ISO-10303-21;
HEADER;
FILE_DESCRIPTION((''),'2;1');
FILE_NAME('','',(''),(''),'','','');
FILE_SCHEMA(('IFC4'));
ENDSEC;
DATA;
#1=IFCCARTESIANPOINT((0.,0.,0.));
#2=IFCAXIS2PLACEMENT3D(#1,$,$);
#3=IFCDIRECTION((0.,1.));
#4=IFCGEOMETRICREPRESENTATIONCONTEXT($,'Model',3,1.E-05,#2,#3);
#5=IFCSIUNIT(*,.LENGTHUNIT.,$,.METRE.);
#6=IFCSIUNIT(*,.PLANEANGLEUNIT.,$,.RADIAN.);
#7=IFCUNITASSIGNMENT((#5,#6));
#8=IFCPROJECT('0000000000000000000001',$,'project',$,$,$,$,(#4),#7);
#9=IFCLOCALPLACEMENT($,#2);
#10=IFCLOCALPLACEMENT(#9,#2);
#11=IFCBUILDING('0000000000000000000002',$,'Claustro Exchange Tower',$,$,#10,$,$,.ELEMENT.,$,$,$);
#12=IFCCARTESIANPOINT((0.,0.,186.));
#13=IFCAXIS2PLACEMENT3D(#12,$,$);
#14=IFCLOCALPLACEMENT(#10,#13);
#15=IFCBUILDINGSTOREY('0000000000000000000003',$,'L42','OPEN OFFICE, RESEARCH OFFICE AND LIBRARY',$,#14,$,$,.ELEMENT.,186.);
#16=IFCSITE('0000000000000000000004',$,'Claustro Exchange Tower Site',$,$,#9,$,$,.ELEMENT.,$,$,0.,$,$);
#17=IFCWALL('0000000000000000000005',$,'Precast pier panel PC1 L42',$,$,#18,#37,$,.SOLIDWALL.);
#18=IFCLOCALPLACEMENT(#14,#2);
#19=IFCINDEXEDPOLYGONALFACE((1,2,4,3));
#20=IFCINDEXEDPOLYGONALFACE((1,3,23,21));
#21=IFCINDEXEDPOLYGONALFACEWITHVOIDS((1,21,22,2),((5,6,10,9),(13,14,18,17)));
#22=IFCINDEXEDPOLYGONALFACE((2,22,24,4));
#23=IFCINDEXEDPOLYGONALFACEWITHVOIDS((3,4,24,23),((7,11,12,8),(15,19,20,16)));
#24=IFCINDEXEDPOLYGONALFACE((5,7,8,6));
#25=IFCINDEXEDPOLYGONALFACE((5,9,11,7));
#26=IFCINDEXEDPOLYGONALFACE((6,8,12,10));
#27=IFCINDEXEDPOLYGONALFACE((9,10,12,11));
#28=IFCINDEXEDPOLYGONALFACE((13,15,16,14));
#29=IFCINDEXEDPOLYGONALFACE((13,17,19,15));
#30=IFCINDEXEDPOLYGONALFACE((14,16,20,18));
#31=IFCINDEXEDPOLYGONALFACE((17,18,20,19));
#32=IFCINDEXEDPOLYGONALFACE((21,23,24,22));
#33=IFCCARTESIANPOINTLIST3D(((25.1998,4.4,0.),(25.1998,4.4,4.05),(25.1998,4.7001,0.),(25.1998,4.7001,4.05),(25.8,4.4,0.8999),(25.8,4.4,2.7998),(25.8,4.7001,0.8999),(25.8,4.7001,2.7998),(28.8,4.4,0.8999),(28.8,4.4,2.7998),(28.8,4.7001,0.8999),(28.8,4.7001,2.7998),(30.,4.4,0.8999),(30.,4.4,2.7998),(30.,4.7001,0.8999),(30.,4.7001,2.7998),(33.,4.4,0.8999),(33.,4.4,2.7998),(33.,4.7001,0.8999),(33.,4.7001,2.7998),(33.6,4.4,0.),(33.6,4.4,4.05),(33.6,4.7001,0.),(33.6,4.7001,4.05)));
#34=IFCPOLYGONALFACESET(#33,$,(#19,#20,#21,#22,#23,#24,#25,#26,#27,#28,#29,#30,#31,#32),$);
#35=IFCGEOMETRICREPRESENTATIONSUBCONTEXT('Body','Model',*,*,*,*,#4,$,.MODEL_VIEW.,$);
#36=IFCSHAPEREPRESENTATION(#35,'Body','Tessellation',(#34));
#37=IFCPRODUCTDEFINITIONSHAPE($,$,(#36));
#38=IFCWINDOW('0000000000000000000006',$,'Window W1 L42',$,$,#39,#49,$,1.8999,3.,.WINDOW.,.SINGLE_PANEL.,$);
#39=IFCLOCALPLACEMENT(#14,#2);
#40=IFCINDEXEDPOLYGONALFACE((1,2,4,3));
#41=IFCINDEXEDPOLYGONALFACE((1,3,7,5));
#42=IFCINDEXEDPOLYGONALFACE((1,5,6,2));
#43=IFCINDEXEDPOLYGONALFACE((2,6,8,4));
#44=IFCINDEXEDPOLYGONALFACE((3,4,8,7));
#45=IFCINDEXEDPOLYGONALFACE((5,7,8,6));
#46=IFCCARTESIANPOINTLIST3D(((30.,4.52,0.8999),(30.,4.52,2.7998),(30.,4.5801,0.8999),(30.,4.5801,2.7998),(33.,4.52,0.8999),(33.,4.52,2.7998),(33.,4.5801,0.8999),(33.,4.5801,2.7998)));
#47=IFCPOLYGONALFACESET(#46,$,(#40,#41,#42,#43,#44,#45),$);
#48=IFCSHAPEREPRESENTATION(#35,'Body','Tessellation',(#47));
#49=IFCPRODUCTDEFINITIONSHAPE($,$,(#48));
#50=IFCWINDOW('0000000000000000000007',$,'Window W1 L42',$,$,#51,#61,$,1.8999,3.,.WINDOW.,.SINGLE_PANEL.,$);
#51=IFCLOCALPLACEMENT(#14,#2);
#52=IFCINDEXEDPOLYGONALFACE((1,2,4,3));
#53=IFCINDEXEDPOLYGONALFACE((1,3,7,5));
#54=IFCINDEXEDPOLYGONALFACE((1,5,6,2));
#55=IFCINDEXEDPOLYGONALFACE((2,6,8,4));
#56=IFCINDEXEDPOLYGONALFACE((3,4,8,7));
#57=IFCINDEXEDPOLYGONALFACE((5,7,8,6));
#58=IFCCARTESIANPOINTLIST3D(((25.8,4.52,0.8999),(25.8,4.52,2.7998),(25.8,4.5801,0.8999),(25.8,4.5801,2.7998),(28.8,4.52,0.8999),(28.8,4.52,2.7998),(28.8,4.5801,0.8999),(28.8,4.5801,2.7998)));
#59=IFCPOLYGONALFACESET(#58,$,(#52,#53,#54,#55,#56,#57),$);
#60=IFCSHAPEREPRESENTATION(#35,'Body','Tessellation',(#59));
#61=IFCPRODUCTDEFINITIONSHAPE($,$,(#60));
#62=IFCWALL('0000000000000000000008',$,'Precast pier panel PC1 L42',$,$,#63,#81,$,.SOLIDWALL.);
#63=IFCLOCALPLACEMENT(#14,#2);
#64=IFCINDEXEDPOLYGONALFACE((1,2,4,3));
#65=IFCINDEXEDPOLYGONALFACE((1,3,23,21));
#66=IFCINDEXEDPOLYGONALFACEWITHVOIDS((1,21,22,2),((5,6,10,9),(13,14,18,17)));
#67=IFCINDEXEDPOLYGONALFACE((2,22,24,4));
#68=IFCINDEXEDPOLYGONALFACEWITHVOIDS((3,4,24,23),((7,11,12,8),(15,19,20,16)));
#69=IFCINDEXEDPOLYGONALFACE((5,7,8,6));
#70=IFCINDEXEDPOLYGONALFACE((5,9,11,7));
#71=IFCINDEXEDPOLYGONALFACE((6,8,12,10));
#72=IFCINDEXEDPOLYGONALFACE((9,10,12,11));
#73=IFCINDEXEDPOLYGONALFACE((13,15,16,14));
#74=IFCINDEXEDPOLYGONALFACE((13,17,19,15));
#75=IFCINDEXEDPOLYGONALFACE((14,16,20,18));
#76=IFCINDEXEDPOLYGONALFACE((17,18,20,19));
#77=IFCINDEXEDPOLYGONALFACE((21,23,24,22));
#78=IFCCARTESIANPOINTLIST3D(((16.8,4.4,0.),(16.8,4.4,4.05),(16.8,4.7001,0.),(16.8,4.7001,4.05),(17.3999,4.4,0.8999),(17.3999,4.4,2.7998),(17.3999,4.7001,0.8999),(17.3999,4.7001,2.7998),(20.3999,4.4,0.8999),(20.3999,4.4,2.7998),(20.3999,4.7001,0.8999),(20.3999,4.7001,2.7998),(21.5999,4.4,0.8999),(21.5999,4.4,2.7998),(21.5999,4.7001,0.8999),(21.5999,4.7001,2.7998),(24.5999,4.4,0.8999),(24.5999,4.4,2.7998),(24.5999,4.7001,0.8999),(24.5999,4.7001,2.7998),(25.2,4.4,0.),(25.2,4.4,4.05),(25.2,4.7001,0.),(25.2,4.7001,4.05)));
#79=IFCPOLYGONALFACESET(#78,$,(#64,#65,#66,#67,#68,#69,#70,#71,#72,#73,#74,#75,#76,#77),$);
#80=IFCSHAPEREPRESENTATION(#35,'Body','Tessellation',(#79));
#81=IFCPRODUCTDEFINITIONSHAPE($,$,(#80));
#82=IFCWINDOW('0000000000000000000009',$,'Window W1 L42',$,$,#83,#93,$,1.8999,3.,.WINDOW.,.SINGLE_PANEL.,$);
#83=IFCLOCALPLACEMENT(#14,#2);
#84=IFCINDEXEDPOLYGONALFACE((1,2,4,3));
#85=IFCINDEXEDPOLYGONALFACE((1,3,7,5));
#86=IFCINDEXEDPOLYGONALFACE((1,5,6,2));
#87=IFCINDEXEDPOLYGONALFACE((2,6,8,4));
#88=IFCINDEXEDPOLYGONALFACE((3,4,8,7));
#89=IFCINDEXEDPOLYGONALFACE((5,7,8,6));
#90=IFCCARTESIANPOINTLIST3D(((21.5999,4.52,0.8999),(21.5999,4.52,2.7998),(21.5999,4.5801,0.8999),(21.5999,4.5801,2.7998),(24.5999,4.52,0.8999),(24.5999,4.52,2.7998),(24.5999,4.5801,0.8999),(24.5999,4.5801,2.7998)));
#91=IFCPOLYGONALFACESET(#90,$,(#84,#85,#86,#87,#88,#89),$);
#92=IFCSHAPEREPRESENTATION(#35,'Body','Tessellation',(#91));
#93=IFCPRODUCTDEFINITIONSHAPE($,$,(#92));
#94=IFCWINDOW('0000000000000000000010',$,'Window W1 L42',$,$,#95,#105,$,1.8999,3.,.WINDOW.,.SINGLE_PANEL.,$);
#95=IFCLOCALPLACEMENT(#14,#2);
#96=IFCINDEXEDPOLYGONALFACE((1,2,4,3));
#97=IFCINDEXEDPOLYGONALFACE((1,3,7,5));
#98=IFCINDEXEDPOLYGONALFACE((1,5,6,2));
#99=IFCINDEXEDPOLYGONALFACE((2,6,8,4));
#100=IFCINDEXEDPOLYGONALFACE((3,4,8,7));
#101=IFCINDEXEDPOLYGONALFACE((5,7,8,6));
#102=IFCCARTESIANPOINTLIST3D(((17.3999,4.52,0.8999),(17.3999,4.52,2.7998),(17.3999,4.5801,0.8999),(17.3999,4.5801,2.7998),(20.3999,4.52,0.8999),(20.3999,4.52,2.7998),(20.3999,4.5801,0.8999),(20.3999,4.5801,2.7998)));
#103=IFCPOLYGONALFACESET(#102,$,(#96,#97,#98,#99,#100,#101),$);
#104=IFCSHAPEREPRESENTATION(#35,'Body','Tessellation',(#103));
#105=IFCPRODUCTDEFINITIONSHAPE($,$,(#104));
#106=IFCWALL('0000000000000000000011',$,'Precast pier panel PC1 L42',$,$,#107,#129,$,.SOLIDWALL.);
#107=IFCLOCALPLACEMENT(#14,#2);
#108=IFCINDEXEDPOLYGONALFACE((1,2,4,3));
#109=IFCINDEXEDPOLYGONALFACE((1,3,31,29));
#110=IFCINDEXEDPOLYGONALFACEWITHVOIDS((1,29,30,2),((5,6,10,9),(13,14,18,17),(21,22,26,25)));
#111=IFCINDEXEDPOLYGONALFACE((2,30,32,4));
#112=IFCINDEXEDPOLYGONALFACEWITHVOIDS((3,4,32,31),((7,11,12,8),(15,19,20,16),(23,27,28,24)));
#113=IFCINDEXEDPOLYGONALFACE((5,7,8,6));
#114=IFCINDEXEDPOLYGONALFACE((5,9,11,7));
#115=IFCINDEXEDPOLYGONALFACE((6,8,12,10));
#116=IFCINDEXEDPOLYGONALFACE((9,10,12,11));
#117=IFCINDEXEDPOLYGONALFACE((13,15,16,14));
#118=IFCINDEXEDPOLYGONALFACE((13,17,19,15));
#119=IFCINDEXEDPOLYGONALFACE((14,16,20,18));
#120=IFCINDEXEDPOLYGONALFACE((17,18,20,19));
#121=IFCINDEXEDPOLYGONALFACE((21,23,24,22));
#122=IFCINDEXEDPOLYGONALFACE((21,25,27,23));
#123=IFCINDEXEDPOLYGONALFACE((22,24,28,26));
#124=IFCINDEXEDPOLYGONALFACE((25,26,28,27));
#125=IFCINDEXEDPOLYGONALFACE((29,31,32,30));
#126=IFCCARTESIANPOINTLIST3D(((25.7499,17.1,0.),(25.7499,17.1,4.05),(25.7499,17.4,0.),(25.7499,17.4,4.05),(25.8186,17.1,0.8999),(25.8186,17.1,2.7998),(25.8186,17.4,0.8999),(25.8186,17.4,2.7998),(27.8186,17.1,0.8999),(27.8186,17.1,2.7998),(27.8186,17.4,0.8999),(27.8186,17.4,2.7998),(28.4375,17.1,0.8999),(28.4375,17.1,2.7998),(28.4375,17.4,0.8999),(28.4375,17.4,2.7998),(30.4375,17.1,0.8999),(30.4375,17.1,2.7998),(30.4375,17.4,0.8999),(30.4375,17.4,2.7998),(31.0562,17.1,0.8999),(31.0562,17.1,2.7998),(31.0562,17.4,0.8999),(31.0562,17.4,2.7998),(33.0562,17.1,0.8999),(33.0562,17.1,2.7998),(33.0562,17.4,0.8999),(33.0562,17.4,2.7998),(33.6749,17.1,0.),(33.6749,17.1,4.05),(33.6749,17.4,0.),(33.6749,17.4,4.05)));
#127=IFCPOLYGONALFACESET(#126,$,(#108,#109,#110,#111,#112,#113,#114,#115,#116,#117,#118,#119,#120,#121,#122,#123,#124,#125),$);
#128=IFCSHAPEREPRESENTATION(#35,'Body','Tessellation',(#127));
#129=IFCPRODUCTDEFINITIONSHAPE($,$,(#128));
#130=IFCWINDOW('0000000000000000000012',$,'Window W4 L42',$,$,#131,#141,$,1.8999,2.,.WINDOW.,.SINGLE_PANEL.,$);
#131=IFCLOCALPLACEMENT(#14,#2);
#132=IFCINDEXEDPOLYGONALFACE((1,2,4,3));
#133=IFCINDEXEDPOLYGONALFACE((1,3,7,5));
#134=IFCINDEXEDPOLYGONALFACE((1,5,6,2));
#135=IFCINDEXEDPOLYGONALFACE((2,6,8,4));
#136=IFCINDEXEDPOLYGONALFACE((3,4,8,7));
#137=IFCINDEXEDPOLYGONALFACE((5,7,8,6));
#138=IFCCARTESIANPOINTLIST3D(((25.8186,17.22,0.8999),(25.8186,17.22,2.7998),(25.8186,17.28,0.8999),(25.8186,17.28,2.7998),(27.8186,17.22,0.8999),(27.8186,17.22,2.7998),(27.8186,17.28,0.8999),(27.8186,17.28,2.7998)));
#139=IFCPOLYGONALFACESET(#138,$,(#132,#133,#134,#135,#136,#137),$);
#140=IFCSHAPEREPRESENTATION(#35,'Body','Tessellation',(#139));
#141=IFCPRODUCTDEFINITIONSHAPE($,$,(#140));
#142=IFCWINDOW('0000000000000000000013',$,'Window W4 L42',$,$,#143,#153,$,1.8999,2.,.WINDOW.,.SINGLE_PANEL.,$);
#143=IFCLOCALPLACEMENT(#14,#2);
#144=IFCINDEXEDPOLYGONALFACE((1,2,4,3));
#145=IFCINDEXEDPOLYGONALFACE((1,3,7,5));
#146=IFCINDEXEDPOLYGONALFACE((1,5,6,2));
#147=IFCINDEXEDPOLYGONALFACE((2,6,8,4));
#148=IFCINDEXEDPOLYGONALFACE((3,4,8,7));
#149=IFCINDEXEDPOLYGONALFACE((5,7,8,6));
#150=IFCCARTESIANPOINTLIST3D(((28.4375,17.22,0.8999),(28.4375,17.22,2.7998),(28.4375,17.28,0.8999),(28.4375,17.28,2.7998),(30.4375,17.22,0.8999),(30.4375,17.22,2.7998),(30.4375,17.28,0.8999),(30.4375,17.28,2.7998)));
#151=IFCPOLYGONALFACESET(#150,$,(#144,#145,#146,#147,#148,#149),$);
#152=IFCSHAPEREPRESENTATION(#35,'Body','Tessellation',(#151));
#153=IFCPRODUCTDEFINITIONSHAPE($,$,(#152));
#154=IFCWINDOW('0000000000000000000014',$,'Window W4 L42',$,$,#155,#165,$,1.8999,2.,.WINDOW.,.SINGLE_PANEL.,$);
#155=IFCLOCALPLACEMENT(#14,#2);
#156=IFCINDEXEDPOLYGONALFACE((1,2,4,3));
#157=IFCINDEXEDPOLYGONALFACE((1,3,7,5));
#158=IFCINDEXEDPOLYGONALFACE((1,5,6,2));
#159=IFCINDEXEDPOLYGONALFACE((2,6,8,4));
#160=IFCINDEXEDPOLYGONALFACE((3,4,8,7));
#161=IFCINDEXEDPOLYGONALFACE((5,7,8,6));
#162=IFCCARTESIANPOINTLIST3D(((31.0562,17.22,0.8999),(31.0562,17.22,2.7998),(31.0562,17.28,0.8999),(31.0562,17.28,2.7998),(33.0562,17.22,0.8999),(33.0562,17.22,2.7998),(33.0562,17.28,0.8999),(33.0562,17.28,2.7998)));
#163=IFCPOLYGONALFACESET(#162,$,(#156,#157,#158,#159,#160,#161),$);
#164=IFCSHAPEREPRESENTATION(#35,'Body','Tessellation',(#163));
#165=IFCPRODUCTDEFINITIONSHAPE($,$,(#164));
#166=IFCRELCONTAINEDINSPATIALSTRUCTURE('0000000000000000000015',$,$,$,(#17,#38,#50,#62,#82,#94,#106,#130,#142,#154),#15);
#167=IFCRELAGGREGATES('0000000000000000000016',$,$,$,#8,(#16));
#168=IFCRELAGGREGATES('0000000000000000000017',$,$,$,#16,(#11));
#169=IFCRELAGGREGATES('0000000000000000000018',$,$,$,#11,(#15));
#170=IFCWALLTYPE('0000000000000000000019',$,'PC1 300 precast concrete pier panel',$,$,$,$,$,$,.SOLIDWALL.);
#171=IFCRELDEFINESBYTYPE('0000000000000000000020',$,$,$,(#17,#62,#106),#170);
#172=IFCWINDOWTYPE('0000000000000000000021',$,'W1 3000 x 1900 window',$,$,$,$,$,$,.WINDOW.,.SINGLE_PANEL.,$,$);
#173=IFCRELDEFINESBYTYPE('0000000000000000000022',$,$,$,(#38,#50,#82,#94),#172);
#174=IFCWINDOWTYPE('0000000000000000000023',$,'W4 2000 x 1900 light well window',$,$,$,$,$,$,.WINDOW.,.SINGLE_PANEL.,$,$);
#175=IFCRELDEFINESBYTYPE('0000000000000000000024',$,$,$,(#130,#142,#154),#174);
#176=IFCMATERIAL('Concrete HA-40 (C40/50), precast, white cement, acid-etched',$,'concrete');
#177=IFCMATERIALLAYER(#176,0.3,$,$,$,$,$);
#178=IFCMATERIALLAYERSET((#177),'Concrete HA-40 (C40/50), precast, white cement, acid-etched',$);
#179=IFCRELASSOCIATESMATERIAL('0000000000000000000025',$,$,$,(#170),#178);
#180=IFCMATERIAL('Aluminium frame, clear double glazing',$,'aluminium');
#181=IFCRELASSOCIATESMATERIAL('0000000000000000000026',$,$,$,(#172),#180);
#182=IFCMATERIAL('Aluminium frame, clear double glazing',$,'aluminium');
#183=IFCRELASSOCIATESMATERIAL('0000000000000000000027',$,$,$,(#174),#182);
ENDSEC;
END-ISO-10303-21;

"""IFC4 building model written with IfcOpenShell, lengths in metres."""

from ifc_helpers import new_model, si_unit, direction, frame, frame_2d, origin, place, context, subcontext, project, spatial, rectangle, extrude, material, layer, layer_set, type_object, element, fill, save


model = new_model("IFC4")

# Units and contexts
model_context = context("Model", 3, precision=1e-05, world=origin(), true_north=direction((0.0, 1.0)))
body_context = subcontext(model_context, "Body", "Model", "MODEL_VIEW")
ifc_project = project(units=[si_unit("LENGTHUNIT", "METRE"), si_unit("PLANEANGLEUNIT", "RADIAN")], contexts=[model_context])

# Site, building, storey
site_placement = place(None, origin())
site = spatial("IfcSite", under=ifc_project, at=site_placement, Name="Claustro Exchange Tower Site", CompositionType="ELEMENT", RefElevation=0.0)
building_placement = place(site_placement, origin())
building = spatial("IfcBuilding", under=site, at=building_placement, Name="Claustro Exchange Tower", CompositionType="ELEMENT")
storey_placement = place(building_placement, frame((0.0, 0.0, 186.0)))
storey = spatial("IfcBuildingStorey", under=building, at=storey_placement, Name="L42", Description="OPEN OFFICE, RESEARCH OFFICE AND LIBRARY", CompositionType="ELEMENT", Elevation=186.0)

# Walls, openings, windows
ifc_material_1 = material(Name="Concrete HA-40 (C40/50), precast, white cement, acid-etched", Category="concrete")
ifc_layer_1 = layer(ifc_material_1, 0.3)
ifc_layer_set_1 = layer_set([ifc_layer_1], Name="Concrete HA-40 (C40/50), precast, white cement, acid-etched")
wall_type = type_object("IfcWallType", Name="PC1 300 precast concrete pier panel", PredefinedType="SOLIDWALL", material=ifc_layer_set_1)
wall_1_placement = place(storey_placement, frame((33.6001, 4.55, 0.0), z_axis=(0.0, 0.0, 1.0), x_axis=(-1.0, 0.0, 0.0)))
wall_1 = element("IfcWall", 1, at=wall_1_placement, inside=storey, type_object=wall_type, Name="Precast pier panel PC1 L42", PredefinedType="SOLIDWALL", context=body_context, shape_type="SweptSolid", body=[
    extrude(rectangle(XDim=8.4001, YDim=0.3, at=frame_2d((4.2002, 0.0))), origin(), (0.0, 0.0, 1.0), 4.05),
])
opening_1_placement = place(wall_1_placement, frame((0.6001, 0.0, 0.8999)))
opening_1 = element("IfcOpeningElement", 2, at=opening_1_placement, cuts=wall_1, PredefinedType="OPENING", context=body_context, shape_type="SweptSolid", body=[
    extrude(rectangle(XDim=3.0, YDim=1.8999, at=frame_2d((1.5, 0.95))), frame((0.0, 0.1599, 0.0), z_axis=(0.0, -1.0, 0.0), x_axis=(1.0, 0.0, 0.0)), (0.0, 0.0, 1.0), 0.3201),
])
opening_2_placement = place(wall_1_placement, frame((4.8, 0.0, 0.8999)))
opening_2 = element("IfcOpeningElement", 3, at=opening_2_placement, cuts=wall_1, PredefinedType="OPENING", context=body_context, shape_type="SweptSolid", body=[
    extrude(rectangle(XDim=3.0, YDim=1.8999, at=frame_2d((1.5, 0.95))), frame((0.0, 0.1599, 0.0), z_axis=(0.0, -1.0, 0.0), x_axis=(1.0, 0.0, 0.0)), (0.0, 0.0, 1.0), 0.3201),
])
ifc_material_2 = material(Name="Aluminium frame, clear double glazing", Category="aluminium")
window_type_1 = type_object("IfcWindowType", Name="W1 3000 x 1900 window", PartitioningType="SINGLE_PANEL", PredefinedType="WINDOW", material=ifc_material_2)
window_1_placement = place(opening_1_placement, origin())
window_1 = element("IfcWindow", 4, at=window_1_placement, inside=storey, type_object=window_type_1, Name="Window W1 L42", OverallHeight=1.8999, OverallWidth=3.0, PartitioningType="SINGLE_PANEL", PredefinedType="WINDOW", context=body_context, shape_type="SweptSolid", body=[
    extrude(rectangle(XDim=3.0, YDim=1.8999, at=frame_2d((1.5, 0.95))), frame((0.0, 0.03, 0.0), z_axis=(0.0, -1.0, 0.0), x_axis=(1.0, 0.0, 0.0)), (0.0, 0.0, 1.0), 0.0601),
])
fill(opening_1, window_1)
window_2_placement = place(opening_2_placement, origin())
window_2 = element("IfcWindow", 5, at=window_2_placement, inside=storey, type_object=window_type_1, Name="Window W1 L42", OverallHeight=1.8999, OverallWidth=3.0, PartitioningType="SINGLE_PANEL", PredefinedType="WINDOW", context=body_context, shape_type="SweptSolid", body=[
    extrude(rectangle(XDim=3.0, YDim=1.8999, at=frame_2d((1.5, 0.95))), frame((0.0, 0.03, 0.0), z_axis=(0.0, -1.0, 0.0), x_axis=(1.0, 0.0, 0.0)), (0.0, 0.0, 1.0), 0.0601),
])
fill(opening_2, window_2)
wall_2_placement = place(storey_placement, frame((25.2, 4.55, 0.0), z_axis=(0.0, 0.0, 1.0), x_axis=(-1.0, 0.0, 0.0)))
wall_2 = element("IfcWall", 6, at=wall_2_placement, inside=storey, type_object=wall_type, Name="Precast pier panel PC1 L42", PredefinedType="SOLIDWALL", context=body_context, shape_type="SweptSolid", body=[
    extrude(rectangle(XDim=8.3999, YDim=0.3, at=frame_2d((4.2, 0.0))), origin(), (0.0, 0.0, 1.0), 4.05),
])
opening_3_placement = place(wall_2_placement, frame((0.6001, 0.0, 0.8999)))
opening_3 = element("IfcOpeningElement", 7, at=opening_3_placement, cuts=wall_2, PredefinedType="OPENING", context=body_context, shape_type="SweptSolid", body=[
    extrude(rectangle(XDim=3.0, YDim=1.8999, at=frame_2d((1.5, 0.95))), frame((0.0, 0.1599, 0.0), z_axis=(0.0, -1.0, 0.0), x_axis=(1.0, 0.0, 0.0)), (0.0, 0.0, 1.0), 0.3201),
])
opening_4_placement = place(wall_2_placement, frame((4.8, 0.0, 0.8999)))
opening_4 = element("IfcOpeningElement", 8, at=opening_4_placement, cuts=wall_2, PredefinedType="OPENING", context=body_context, shape_type="SweptSolid", body=[
    extrude(rectangle(XDim=3.0, YDim=1.8999, at=frame_2d((1.5, 0.95))), frame((0.0, 0.1599, 0.0), z_axis=(0.0, -1.0, 0.0), x_axis=(1.0, 0.0, 0.0)), (0.0, 0.0, 1.0), 0.3201),
])
window_3_placement = place(opening_3_placement, origin())
window_3 = element("IfcWindow", 9, at=window_3_placement, inside=storey, type_object=window_type_1, Name="Window W1 L42", OverallHeight=1.8999, OverallWidth=3.0, PartitioningType="SINGLE_PANEL", PredefinedType="WINDOW", context=body_context, shape_type="SweptSolid", body=[
    extrude(rectangle(XDim=3.0, YDim=1.8999, at=frame_2d((1.5, 0.95))), frame((0.0, 0.03, 0.0), z_axis=(0.0, -1.0, 0.0), x_axis=(1.0, 0.0, 0.0)), (0.0, 0.0, 1.0), 0.0601),
])
fill(opening_3, window_3)
window_4_placement = place(opening_4_placement, origin())
window_4 = element("IfcWindow", 10, at=window_4_placement, inside=storey, type_object=window_type_1, Name="Window W1 L42", OverallHeight=1.8999, OverallWidth=3.0, PartitioningType="SINGLE_PANEL", PredefinedType="WINDOW", context=body_context, shape_type="SweptSolid", body=[
    extrude(rectangle(XDim=3.0, YDim=1.8999, at=frame_2d((1.5, 0.95))), frame((0.0, 0.03, 0.0), z_axis=(0.0, -1.0, 0.0), x_axis=(1.0, 0.0, 0.0)), (0.0, 0.0, 1.0), 0.0601),
])
fill(opening_4, window_4)
wall_3_placement = place(storey_placement, frame((25.75, 17.25, 0.0), z_axis=(0.0, 0.0, 1.0), x_axis=(1.0, 0.0, 0.0)))
wall_3 = element("IfcWall", 11, at=wall_3_placement, inside=storey, type_object=wall_type, Name="Precast pier panel PC1 L42", PredefinedType="SOLIDWALL", context=body_context, shape_type="SweptSolid", body=[
    extrude(rectangle(XDim=7.925, YDim=0.3, at=frame_2d((3.9624, 0.0))), origin(), (0.0, 0.0, 1.0), 4.05),
])
opening_5_placement = place(wall_3_placement, frame((0.0686, 0.0, 0.8999)))
opening_5 = element("IfcOpeningElement", 12, at=opening_5_placement, cuts=wall_3, PredefinedType="OPENING", context=body_context, shape_type="SweptSolid", body=[
    extrude(rectangle(XDim=2.0, YDim=1.8999, at=frame_2d((1.0, 0.95))), frame((0.0, 0.1599, 0.0), z_axis=(0.0, -1.0, 0.0), x_axis=(1.0, 0.0, 0.0)), (0.0, 0.0, 1.0), 0.3201),
])
opening_6_placement = place(wall_3_placement, frame((2.6875, 0.0, 0.8999)))
opening_6 = element("IfcOpeningElement", 13, at=opening_6_placement, cuts=wall_3, PredefinedType="OPENING", context=body_context, shape_type="SweptSolid", body=[
    extrude(rectangle(XDim=2.0, YDim=1.8999, at=frame_2d((1.0, 0.95))), frame((0.0, 0.1599, 0.0), z_axis=(0.0, -1.0, 0.0), x_axis=(1.0, 0.0, 0.0)), (0.0, 0.0, 1.0), 0.3201),
])
opening_7_placement = place(wall_3_placement, frame((5.3062, 0.0, 0.8999)))
opening_7 = element("IfcOpeningElement", 14, at=opening_7_placement, cuts=wall_3, PredefinedType="OPENING", context=body_context, shape_type="SweptSolid", body=[
    extrude(rectangle(XDim=2.0, YDim=1.8999, at=frame_2d((1.0, 0.95))), frame((0.0, 0.1599, 0.0), z_axis=(0.0, -1.0, 0.0), x_axis=(1.0, 0.0, 0.0)), (0.0, 0.0, 1.0), 0.3201),
])
ifc_material_3 = material(Name="Aluminium frame, clear double glazing", Category="aluminium")
window_type_2 = type_object("IfcWindowType", Name="W4 2000 x 1900 light well window", PartitioningType="SINGLE_PANEL", PredefinedType="WINDOW", material=ifc_material_3)
window_5_placement = place(opening_5_placement, origin())
window_5 = element("IfcWindow", 15, at=window_5_placement, inside=storey, type_object=window_type_2, Name="Window W4 L42", OverallHeight=1.8999, OverallWidth=2.0, PartitioningType="SINGLE_PANEL", PredefinedType="WINDOW", context=body_context, shape_type="SweptSolid", body=[
    extrude(rectangle(XDim=2.0, YDim=1.8999, at=frame_2d((1.0, 0.95))), frame((0.0, 0.03, 0.0), z_axis=(0.0, -1.0, 0.0), x_axis=(1.0, 0.0, 0.0)), (0.0, 0.0, 1.0), 0.0601),
])
fill(opening_5, window_5)
window_6_placement = place(opening_6_placement, origin())
window_6 = element("IfcWindow", 16, at=window_6_placement, inside=storey, type_object=window_type_2, Name="Window W4 L42", OverallHeight=1.8999, OverallWidth=2.0, PartitioningType="SINGLE_PANEL", PredefinedType="WINDOW", context=body_context, shape_type="SweptSolid", body=[
    extrude(rectangle(XDim=2.0, YDim=1.8999, at=frame_2d((1.0, 0.95))), frame((0.0, 0.03, 0.0), z_axis=(0.0, -1.0, 0.0), x_axis=(1.0, 0.0, 0.0)), (0.0, 0.0, 1.0), 0.0601),
])
fill(opening_6, window_6)
window_7_placement = place(opening_7_placement, origin())
window_7 = element("IfcWindow", 17, at=window_7_placement, inside=storey, type_object=window_type_2, Name="Window W4 L42", OverallHeight=1.8999, OverallWidth=2.0, PartitioningType="SINGLE_PANEL", PredefinedType="WINDOW", context=body_context, shape_type="SweptSolid", body=[
    extrude(rectangle(XDim=2.0, YDim=1.8999, at=frame_2d((1.0, 0.95))), frame((0.0, 0.03, 0.0), z_axis=(0.0, -1.0, 0.0), x_axis=(1.0, 0.0, 0.0)), (0.0, 0.0, 1.0), 0.0601),
])
fill(opening_7, window_7)

save(model, "model.ifc")
